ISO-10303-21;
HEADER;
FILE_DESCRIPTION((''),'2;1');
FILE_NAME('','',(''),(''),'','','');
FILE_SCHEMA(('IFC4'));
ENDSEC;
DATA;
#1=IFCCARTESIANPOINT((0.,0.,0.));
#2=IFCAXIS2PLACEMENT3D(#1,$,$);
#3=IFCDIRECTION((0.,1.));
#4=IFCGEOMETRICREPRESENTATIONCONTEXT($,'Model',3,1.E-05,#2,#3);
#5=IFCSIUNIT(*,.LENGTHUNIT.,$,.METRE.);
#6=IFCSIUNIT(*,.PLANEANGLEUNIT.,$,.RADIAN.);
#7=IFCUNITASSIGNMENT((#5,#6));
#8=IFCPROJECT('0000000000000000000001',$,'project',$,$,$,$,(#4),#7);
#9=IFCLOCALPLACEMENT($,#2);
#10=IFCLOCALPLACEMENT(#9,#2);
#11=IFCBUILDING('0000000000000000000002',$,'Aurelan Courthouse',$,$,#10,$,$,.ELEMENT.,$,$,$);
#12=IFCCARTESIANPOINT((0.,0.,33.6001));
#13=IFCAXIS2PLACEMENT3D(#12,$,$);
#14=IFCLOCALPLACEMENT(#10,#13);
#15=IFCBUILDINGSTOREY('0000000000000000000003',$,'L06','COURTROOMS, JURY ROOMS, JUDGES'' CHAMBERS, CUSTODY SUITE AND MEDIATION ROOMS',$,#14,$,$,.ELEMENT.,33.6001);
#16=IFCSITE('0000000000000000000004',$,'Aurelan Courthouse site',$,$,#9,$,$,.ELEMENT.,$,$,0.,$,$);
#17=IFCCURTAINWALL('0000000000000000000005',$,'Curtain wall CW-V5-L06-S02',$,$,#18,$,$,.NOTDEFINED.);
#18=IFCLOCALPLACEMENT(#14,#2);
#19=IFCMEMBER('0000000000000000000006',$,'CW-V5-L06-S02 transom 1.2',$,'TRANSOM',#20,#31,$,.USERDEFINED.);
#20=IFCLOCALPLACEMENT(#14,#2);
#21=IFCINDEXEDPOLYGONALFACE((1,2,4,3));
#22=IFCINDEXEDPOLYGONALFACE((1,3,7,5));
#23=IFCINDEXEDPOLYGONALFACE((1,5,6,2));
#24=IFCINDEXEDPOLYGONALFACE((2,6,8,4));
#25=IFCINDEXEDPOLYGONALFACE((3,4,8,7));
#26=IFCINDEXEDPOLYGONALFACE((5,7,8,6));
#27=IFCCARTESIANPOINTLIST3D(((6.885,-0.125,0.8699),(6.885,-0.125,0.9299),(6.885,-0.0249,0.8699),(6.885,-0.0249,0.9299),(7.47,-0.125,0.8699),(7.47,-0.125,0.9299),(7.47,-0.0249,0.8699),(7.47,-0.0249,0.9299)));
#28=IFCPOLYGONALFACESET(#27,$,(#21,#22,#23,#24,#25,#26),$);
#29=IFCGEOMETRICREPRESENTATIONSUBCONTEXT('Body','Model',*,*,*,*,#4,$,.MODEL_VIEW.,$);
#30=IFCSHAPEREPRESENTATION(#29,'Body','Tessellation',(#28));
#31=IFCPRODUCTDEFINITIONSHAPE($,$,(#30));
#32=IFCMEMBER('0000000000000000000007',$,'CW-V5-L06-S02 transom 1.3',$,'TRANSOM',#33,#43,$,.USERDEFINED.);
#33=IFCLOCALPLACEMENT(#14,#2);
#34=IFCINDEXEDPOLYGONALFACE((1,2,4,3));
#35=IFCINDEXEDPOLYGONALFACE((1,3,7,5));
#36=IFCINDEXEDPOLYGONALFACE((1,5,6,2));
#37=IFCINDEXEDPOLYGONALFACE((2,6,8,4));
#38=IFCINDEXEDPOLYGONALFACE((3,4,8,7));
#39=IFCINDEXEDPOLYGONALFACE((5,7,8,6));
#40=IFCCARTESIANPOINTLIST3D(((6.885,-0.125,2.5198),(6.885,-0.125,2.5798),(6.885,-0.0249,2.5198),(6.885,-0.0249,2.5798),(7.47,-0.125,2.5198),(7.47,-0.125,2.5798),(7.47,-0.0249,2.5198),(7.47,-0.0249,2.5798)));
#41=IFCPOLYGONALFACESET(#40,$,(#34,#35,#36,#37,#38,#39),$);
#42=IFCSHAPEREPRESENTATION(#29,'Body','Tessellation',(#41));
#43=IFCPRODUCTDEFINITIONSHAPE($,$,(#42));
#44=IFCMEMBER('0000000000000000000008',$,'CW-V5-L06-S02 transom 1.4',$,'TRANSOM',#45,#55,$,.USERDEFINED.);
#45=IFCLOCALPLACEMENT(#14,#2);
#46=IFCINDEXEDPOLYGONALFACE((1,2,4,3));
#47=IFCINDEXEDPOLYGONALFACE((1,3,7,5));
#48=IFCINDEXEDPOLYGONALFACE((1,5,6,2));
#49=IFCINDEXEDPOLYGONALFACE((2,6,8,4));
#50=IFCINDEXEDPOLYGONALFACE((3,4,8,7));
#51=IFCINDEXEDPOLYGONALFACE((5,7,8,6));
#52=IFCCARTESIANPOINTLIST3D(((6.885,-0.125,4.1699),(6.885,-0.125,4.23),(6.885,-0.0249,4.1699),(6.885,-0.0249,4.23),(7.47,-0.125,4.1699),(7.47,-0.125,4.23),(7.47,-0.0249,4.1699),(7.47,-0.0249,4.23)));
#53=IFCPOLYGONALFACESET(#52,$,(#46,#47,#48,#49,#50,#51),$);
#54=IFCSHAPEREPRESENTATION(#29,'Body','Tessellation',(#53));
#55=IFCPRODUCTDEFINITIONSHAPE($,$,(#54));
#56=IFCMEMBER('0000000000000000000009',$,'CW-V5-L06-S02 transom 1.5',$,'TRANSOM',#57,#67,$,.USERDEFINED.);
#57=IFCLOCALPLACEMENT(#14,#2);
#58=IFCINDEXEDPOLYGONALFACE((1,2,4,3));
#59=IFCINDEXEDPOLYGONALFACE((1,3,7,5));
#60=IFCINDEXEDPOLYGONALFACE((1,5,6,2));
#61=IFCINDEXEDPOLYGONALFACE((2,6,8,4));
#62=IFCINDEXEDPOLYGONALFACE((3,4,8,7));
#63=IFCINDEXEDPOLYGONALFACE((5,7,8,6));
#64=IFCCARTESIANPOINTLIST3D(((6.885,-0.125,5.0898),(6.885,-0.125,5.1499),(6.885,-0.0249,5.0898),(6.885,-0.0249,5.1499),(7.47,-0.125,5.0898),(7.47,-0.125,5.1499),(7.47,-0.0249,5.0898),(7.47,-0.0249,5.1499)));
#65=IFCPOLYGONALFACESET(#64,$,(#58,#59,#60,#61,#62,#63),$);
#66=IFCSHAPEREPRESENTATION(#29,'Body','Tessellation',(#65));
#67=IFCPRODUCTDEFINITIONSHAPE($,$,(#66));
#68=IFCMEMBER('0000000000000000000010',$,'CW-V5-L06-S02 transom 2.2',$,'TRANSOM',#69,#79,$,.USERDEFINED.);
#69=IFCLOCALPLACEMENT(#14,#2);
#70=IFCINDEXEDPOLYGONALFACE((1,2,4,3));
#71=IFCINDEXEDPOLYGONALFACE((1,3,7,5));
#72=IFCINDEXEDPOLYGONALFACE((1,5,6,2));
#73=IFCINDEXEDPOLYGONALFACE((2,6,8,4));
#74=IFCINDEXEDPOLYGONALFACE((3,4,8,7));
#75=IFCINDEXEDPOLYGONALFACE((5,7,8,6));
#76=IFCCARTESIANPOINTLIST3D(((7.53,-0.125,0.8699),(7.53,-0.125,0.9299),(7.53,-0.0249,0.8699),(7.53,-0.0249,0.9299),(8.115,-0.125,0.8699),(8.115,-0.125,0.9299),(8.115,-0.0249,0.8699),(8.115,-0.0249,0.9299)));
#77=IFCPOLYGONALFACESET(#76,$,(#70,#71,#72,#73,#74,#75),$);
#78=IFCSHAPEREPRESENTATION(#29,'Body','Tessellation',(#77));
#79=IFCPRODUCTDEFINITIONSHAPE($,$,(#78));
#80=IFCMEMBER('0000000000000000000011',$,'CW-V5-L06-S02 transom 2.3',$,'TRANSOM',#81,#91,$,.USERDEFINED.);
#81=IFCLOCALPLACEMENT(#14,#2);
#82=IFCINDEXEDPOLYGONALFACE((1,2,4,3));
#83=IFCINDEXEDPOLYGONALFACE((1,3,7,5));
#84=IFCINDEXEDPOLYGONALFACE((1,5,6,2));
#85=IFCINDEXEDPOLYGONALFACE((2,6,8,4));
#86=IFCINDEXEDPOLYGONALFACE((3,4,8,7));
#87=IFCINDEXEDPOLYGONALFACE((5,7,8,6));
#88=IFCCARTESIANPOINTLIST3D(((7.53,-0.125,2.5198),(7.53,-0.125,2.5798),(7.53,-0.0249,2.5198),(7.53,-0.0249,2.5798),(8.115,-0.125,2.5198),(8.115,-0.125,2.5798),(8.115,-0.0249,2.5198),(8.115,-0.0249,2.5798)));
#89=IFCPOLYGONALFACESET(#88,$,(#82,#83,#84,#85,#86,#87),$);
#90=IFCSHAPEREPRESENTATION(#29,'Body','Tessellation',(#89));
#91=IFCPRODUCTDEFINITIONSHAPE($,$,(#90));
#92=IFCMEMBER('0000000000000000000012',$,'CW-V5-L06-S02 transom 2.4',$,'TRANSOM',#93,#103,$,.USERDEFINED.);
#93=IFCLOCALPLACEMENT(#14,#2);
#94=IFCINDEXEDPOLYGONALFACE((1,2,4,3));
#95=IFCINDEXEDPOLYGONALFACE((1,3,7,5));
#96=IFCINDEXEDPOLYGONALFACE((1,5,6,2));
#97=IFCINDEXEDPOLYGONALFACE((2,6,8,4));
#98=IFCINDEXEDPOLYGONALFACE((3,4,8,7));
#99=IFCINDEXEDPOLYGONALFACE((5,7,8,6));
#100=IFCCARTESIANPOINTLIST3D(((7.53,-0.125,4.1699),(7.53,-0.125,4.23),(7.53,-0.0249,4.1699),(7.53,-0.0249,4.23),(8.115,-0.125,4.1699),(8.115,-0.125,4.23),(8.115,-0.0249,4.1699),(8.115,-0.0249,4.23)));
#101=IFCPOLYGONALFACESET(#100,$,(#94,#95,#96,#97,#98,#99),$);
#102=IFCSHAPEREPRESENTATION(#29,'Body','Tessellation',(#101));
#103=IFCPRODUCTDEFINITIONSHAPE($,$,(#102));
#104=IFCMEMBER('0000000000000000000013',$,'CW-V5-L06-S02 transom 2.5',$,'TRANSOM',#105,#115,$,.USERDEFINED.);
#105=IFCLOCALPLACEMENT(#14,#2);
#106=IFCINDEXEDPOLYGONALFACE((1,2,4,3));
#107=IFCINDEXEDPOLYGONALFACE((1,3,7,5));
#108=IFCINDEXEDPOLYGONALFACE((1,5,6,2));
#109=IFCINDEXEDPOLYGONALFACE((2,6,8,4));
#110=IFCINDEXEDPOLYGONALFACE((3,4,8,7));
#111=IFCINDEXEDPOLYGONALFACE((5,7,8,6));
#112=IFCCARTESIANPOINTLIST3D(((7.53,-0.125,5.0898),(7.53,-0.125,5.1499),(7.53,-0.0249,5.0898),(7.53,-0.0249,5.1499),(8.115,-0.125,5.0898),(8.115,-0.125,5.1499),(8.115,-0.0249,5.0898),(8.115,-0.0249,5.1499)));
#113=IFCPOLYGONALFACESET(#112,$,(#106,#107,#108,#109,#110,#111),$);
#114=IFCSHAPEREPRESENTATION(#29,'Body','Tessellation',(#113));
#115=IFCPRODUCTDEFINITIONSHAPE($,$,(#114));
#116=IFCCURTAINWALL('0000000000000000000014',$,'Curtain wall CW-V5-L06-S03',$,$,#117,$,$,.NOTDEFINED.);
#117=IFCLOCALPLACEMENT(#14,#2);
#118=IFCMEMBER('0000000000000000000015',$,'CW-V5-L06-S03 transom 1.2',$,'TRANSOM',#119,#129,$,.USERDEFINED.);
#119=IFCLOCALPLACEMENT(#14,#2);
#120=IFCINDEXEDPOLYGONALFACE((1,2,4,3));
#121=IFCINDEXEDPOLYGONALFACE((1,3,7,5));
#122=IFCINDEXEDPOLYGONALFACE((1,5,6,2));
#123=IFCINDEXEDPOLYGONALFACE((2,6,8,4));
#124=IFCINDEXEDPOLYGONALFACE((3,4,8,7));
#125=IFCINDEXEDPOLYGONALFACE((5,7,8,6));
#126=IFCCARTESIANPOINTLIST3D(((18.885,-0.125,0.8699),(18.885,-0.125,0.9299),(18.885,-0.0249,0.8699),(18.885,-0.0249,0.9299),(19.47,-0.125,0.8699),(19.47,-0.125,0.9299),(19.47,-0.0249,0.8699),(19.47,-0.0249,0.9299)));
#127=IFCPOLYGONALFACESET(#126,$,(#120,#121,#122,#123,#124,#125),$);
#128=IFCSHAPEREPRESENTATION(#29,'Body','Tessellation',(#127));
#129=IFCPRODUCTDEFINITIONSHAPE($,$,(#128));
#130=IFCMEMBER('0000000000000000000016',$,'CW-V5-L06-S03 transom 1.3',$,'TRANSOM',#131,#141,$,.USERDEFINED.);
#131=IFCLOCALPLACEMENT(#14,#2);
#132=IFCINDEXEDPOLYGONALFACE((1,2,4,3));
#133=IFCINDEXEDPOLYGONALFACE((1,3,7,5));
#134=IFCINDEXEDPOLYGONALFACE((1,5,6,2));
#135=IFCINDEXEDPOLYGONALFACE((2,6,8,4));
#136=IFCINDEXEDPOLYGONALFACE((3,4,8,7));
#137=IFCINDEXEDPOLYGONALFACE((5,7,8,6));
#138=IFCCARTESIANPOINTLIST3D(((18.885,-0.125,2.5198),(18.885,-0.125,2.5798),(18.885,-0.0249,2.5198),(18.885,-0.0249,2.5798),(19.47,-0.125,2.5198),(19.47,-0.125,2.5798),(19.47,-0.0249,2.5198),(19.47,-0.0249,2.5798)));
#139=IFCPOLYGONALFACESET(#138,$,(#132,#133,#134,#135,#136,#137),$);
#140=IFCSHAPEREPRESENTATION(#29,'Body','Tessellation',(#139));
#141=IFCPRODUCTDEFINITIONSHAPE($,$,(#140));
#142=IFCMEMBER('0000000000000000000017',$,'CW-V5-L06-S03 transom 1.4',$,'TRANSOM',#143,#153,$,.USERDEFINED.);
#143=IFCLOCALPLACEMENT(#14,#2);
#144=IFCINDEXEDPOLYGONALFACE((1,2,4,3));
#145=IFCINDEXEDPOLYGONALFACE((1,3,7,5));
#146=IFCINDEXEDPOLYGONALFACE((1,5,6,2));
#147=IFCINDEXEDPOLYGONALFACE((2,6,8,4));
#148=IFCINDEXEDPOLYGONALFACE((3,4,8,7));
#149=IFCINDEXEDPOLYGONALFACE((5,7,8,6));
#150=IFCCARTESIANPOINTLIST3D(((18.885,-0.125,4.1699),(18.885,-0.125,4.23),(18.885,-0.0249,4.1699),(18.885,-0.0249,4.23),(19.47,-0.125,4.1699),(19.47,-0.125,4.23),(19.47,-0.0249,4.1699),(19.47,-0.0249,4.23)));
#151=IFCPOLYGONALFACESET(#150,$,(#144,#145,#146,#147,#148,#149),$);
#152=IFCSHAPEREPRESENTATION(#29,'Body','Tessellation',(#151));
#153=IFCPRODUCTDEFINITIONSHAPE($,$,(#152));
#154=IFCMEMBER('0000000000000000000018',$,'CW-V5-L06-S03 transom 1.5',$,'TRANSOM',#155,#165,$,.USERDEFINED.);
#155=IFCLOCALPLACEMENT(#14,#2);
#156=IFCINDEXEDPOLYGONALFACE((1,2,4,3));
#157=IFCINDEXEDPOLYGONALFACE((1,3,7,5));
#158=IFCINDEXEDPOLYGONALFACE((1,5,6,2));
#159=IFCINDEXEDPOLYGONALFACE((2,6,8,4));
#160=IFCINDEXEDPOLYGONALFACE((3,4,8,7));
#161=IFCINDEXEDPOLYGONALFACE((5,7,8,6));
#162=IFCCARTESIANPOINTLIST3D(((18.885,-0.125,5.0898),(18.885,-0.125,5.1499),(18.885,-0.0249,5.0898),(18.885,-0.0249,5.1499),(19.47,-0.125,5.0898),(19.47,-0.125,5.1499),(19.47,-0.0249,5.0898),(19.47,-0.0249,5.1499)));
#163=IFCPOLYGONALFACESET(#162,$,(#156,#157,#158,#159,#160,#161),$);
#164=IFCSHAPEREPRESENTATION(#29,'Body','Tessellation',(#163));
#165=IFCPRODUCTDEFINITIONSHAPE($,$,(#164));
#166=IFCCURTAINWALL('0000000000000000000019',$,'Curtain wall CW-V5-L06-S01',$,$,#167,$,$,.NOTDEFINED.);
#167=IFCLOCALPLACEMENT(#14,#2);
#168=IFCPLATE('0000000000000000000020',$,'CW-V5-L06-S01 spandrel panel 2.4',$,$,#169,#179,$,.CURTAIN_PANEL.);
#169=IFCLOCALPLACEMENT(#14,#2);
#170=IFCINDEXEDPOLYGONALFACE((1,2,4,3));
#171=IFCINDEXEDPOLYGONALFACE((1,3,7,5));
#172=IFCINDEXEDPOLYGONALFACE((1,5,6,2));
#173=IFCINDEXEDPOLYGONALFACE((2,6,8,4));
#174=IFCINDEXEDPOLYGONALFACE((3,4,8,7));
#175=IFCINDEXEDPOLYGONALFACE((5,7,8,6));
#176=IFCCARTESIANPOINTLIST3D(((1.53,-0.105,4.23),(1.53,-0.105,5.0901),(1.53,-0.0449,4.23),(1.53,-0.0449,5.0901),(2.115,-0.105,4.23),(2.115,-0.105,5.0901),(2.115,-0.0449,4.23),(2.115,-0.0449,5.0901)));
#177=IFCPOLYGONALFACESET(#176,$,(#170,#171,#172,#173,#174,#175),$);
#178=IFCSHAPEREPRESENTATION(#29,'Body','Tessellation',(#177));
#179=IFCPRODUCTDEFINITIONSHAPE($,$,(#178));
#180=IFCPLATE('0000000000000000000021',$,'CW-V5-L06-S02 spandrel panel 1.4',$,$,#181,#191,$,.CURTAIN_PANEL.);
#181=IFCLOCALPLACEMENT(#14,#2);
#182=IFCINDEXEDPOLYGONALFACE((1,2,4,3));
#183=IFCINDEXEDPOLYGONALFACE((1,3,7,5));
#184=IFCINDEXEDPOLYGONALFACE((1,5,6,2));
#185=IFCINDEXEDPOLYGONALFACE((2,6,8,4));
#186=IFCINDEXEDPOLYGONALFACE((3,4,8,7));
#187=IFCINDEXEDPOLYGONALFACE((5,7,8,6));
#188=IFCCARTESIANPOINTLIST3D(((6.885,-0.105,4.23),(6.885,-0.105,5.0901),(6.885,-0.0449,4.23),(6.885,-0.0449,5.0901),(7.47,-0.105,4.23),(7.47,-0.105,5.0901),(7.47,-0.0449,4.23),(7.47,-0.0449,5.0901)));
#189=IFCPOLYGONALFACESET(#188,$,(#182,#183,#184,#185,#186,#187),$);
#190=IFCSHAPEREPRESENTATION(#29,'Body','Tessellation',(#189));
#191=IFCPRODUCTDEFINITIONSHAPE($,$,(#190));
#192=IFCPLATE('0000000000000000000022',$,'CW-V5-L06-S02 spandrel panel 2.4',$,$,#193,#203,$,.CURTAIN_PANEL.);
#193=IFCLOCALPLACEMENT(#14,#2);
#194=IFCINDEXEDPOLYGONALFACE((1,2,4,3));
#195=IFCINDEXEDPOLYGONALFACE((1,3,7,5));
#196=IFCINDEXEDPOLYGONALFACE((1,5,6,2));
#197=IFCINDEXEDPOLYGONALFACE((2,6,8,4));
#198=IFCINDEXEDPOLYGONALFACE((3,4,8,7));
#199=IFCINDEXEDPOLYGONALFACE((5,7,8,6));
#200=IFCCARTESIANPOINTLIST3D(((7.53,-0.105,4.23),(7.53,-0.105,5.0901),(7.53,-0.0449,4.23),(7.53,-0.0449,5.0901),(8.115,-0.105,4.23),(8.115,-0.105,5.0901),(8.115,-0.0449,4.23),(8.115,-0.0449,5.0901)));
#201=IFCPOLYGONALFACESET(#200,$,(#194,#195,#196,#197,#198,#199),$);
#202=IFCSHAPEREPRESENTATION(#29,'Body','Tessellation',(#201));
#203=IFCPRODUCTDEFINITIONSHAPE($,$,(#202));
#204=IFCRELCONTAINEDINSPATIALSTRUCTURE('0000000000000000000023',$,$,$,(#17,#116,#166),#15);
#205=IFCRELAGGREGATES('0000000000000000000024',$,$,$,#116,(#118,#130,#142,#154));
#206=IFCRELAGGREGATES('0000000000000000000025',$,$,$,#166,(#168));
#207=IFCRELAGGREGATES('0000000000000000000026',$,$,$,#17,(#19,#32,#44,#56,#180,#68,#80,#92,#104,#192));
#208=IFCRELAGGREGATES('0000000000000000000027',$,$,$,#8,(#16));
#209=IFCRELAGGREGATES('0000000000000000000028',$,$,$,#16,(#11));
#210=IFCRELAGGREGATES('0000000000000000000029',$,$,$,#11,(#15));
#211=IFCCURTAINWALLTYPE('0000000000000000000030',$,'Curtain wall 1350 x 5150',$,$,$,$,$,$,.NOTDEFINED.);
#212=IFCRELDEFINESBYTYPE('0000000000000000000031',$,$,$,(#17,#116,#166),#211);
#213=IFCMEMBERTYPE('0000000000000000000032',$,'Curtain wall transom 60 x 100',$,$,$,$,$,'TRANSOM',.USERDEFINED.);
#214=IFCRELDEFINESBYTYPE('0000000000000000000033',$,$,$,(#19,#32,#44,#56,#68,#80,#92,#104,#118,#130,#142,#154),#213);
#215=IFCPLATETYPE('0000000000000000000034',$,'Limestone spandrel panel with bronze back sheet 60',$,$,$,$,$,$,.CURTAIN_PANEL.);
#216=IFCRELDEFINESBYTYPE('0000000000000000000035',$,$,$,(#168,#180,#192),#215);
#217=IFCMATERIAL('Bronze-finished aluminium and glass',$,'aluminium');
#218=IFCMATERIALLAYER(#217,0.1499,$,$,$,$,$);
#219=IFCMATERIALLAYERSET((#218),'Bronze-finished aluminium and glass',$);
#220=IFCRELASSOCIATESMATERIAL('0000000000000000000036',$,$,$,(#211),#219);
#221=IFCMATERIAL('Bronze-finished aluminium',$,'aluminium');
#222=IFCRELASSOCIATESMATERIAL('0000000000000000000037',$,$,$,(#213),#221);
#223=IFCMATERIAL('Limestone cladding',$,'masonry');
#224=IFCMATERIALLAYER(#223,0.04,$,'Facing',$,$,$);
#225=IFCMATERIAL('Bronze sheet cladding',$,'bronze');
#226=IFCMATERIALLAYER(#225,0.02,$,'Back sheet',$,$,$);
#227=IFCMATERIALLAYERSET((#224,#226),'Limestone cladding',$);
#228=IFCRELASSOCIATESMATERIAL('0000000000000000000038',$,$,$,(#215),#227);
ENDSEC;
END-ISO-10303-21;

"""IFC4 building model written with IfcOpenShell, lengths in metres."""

from ifc_helpers import new_model, si_unit, direction, frame, origin, origin_2d, place, context, subcontext, project, spatial, rectangle, extrude, material, layer, layer_set, material_profile, profile_set, type_object, element, aggregate, save


model = new_model("IFC4")

# Units and contexts
model_context = context("Model", 3, precision=1e-05, world=origin(), true_north=direction((0.0, 1.0)))
body_context = subcontext(model_context, "Body", "Model", "MODEL_VIEW")
ifc_project = project(units=[si_unit("LENGTHUNIT", "METRE"), si_unit("PLANEANGLEUNIT", "RADIAN")], contexts=[model_context])

# Site, building, storey
site_placement = place(None, origin())
site = spatial("IfcSite", under=ifc_project, at=site_placement, Name="Aurelan Courthouse site", CompositionType="ELEMENT", RefElevation=0.0)
building_placement = place(site_placement, origin())
building = spatial("IfcBuilding", under=site, at=building_placement, Name="Aurelan Courthouse", CompositionType="ELEMENT")
storey_placement = place(building_placement, frame((0.0, 0.0, 33.6001)))
storey = spatial("IfcBuildingStorey", under=building, at=storey_placement, Name="L06", Description="COURTROOMS, JURY ROOMS, JUDGES' CHAMBERS, CUSTODY SUITE AND MEDIATION ROOMS", CompositionType="ELEMENT", Elevation=33.6001)

# Curtain walls, members
ifc_material_1 = material(Name="Bronze-finished aluminium and glass", Category="aluminium")
ifc_layer_1 = layer(ifc_material_1, 0.1499)
ifc_layer_set_1 = layer_set([ifc_layer_1], Name="Bronze-finished aluminium and glass")
curtain_wall_type = type_object("IfcCurtainWallType", Name="Curtain wall 1350 x 5150", PredefinedType="NOTDEFINED", material=ifc_layer_set_1)
curtain_wall_1_placement = place(storey_placement, origin())
curtain_wall_1 = element("IfcCurtainWall", 1, at=curtain_wall_1_placement, inside=storey, type_object=curtain_wall_type, Name="Curtain wall CW-V5-L06-S02", PredefinedType="NOTDEFINED")
ifc_material_2 = material(Name="Bronze-finished aluminium", Category="aluminium")
ifc_material_profile = material_profile(ifc_material_2, rectangle(XDim=0.1001, YDim=0.0601, at=origin_2d()), Name="Bronze transom 60 x 100")
ifc_profile_set = profile_set([ifc_material_profile], Name="Bronze-finished aluminium")
member_type = type_object("IfcMemberType", Name="Curtain wall transom 60 x 100", ElementType="TRANSOM", PredefinedType="USERDEFINED", material=ifc_profile_set)
member_1_placement = place(storey_placement, frame((6.885, -0.075, 0.8999), z_axis=(1.0, 0.0, 0.0), x_axis=(0.0, 1.0, 0.0)))
member_1 = element("IfcMember", 2, at=member_1_placement, type_object=member_type, Name="CW-V5-L06-S02 transom 1.2", ObjectType="TRANSOM", PredefinedType="USERDEFINED", context=body_context, shape_type="SweptSolid", body=[
    extrude(rectangle(XDim=0.1001, YDim=0.0601, at=origin_2d()), origin(), (0.0, 0.0, 1.0), 0.585),
])
member_2_placement = place(storey_placement, frame((6.885, -0.075, 2.5498), z_axis=(1.0, 0.0, 0.0), x_axis=(0.0, 1.0, 0.0)))
member_2 = element("IfcMember", 3, at=member_2_placement, type_object=member_type, Name="CW-V5-L06-S02 transom 1.3", ObjectType="TRANSOM", PredefinedType="USERDEFINED", context=body_context, shape_type="SweptSolid", body=[
    extrude(rectangle(XDim=0.1001, YDim=0.0601, at=origin_2d()), origin(), (0.0, 0.0, 1.0), 0.585),
])
member_3_placement = place(storey_placement, frame((6.885, -0.075, 4.2), z_axis=(1.0, 0.0, 0.0), x_axis=(0.0, 1.0, 0.0)))
member_3 = element("IfcMember", 4, at=member_3_placement, type_object=member_type, Name="CW-V5-L06-S02 transom 1.4", ObjectType="TRANSOM", PredefinedType="USERDEFINED", context=body_context, shape_type="SweptSolid", body=[
    extrude(rectangle(XDim=0.1001, YDim=0.0601, at=origin_2d()), origin(), (0.0, 0.0, 1.0), 0.585),
])
member_4_placement = place(storey_placement, frame((6.885, -0.075, 5.1199), z_axis=(1.0, 0.0, 0.0), x_axis=(0.0, 1.0, 0.0)))
member_4 = element("IfcMember", 5, at=member_4_placement, type_object=member_type, Name="CW-V5-L06-S02 transom 1.5", ObjectType="TRANSOM", PredefinedType="USERDEFINED", context=body_context, shape_type="SweptSolid", body=[
    extrude(rectangle(XDim=0.1001, YDim=0.0601, at=origin_2d()), origin(), (0.0, 0.0, 1.0), 0.585),
])
member_5_placement = place(storey_placement, frame((7.53, -0.075, 0.8999), z_axis=(1.0, 0.0, 0.0), x_axis=(0.0, 1.0, 0.0)))
member_5 = element("IfcMember", 6, at=member_5_placement, type_object=member_type, Name="CW-V5-L06-S02 transom 2.2", ObjectType="TRANSOM", PredefinedType="USERDEFINED", context=body_context, shape_type="SweptSolid", body=[
    extrude(rectangle(XDim=0.1001, YDim=0.0601, at=origin_2d()), origin(), (0.0, 0.0, 1.0), 0.585),
])
member_6_placement = place(storey_placement, frame((7.53, -0.075, 2.5498), z_axis=(1.0, 0.0, 0.0), x_axis=(0.0, 1.0, 0.0)))
member_6 = element("IfcMember", 7, at=member_6_placement, type_object=member_type, Name="CW-V5-L06-S02 transom 2.3", ObjectType="TRANSOM", PredefinedType="USERDEFINED", context=body_context, shape_type="SweptSolid", body=[
    extrude(rectangle(XDim=0.1001, YDim=0.0601, at=origin_2d()), origin(), (0.0, 0.0, 1.0), 0.585),
])
member_7_placement = place(storey_placement, frame((7.53, -0.075, 4.2), z_axis=(1.0, 0.0, 0.0), x_axis=(0.0, 1.0, 0.0)))
member_7 = element("IfcMember", 8, at=member_7_placement, type_object=member_type, Name="CW-V5-L06-S02 transom 2.4", ObjectType="TRANSOM", PredefinedType="USERDEFINED", context=body_context, shape_type="SweptSolid", body=[
    extrude(rectangle(XDim=0.1001, YDim=0.0601, at=origin_2d()), origin(), (0.0, 0.0, 1.0), 0.585),
])
member_8_placement = place(storey_placement, frame((7.53, -0.075, 5.1199), z_axis=(1.0, 0.0, 0.0), x_axis=(0.0, 1.0, 0.0)))
member_8 = element("IfcMember", 9, at=member_8_placement, type_object=member_type, Name="CW-V5-L06-S02 transom 2.5", ObjectType="TRANSOM", PredefinedType="USERDEFINED", context=body_context, shape_type="SweptSolid", body=[
    extrude(rectangle(XDim=0.1001, YDim=0.0601, at=origin_2d()), origin(), (0.0, 0.0, 1.0), 0.585),
])
curtain_wall_2_placement = place(storey_placement, origin())
curtain_wall_2 = element("IfcCurtainWall", 10, at=curtain_wall_2_placement, inside=storey, type_object=curtain_wall_type, Name="Curtain wall CW-V5-L06-S03", PredefinedType="NOTDEFINED")
member_9_placement = place(storey_placement, frame((18.885, -0.075, 0.8999), z_axis=(1.0, 0.0, 0.0), x_axis=(0.0, 1.0, 0.0)))
member_9 = element("IfcMember", 11, at=member_9_placement, type_object=member_type, Name="CW-V5-L06-S03 transom 1.2", ObjectType="TRANSOM", PredefinedType="USERDEFINED", context=body_context, shape_type="SweptSolid", body=[
    extrude(rectangle(XDim=0.1001, YDim=0.0601, at=origin_2d()), origin(), (0.0, 0.0, 1.0), 0.585),
])
member_10_placement = place(storey_placement, frame((18.885, -0.075, 2.5498), z_axis=(1.0, 0.0, 0.0), x_axis=(0.0, 1.0, 0.0)))
member_10 = element("IfcMember", 12, at=member_10_placement, type_object=member_type, Name="CW-V5-L06-S03 transom 1.3", ObjectType="TRANSOM", PredefinedType="USERDEFINED", context=body_context, shape_type="SweptSolid", body=[
    extrude(rectangle(XDim=0.1001, YDim=0.0601, at=origin_2d()), origin(), (0.0, 0.0, 1.0), 0.585),
])
member_11_placement = place(storey_placement, frame((18.885, -0.075, 4.2), z_axis=(1.0, 0.0, 0.0), x_axis=(0.0, 1.0, 0.0)))
member_11 = element("IfcMember", 13, at=member_11_placement, type_object=member_type, Name="CW-V5-L06-S03 transom 1.4", ObjectType="TRANSOM", PredefinedType="USERDEFINED", context=body_context, shape_type="SweptSolid", body=[
    extrude(rectangle(XDim=0.1001, YDim=0.0601, at=origin_2d()), origin(), (0.0, 0.0, 1.0), 0.585),
])
member_12_placement = place(storey_placement, frame((18.885, -0.075, 5.1199), z_axis=(1.0, 0.0, 0.0), x_axis=(0.0, 1.0, 0.0)))
member_12 = element("IfcMember", 14, at=member_12_placement, type_object=member_type, Name="CW-V5-L06-S03 transom 1.5", ObjectType="TRANSOM", PredefinedType="USERDEFINED", context=body_context, shape_type="SweptSolid", body=[
    extrude(rectangle(XDim=0.1001, YDim=0.0601, at=origin_2d()), origin(), (0.0, 0.0, 1.0), 0.585),
])
aggregate(curtain_wall_2, [member_9, member_10, member_11, member_12])

# Curtain wall, plate
curtain_wall_3_placement = place(storey_placement, origin())
curtain_wall_3 = element("IfcCurtainWall", 15, at=curtain_wall_3_placement, inside=storey, type_object=curtain_wall_type, Name="Curtain wall CW-V5-L06-S01", PredefinedType="NOTDEFINED")
ifc_material_3 = material(Name="Limestone cladding", Category="masonry")
ifc_layer_2 = layer(ifc_material_3, 0.04, Name="Facing")
ifc_material_4 = material(Name="Bronze sheet cladding", Category="bronze")
ifc_layer_3 = layer(ifc_material_4, 0.02, Name="Back sheet")
ifc_layer_set_2 = layer_set([ifc_layer_2, ifc_layer_3], Name="Limestone cladding")
plate_type_1 = type_object("IfcPlateType", Name="Limestone spandrel panel with bronze back sheet 60", PredefinedType="CURTAIN_PANEL", material=ifc_layer_set_2)
plate_1_placement = place(storey_placement, frame((1.8225, -0.075, 4.23), z_axis=(0.0, 0.0, 1.0), x_axis=(1.0, 0.0, 0.0)))
plate_1 = element("IfcPlate", 16, at=plate_1_placement, type_object=plate_type_1, Name="CW-V5-L06-S01 spandrel panel 2.4", PredefinedType="CURTAIN_PANEL", context=body_context, shape_type="SweptSolid", body=[
    extrude(rectangle(XDim=0.585, YDim=0.0601, at=origin_2d()), origin(), (0.0, 0.0, 1.0), 0.8601),
])

# Plates
plate_2_placement = place(storey_placement, frame((7.1775, -0.075, 4.23), z_axis=(0.0, 0.0, 1.0), x_axis=(1.0, 0.0, 0.0)))
plate_2 = element("IfcPlate", 17, at=plate_2_placement, type_object=plate_type_1, Name="CW-V5-L06-S02 spandrel panel 1.4", PredefinedType="CURTAIN_PANEL", context=body_context, shape_type="SweptSolid", body=[
    extrude(rectangle(XDim=0.585, YDim=0.0601, at=origin_2d()), origin(), (0.0, 0.0, 1.0), 0.8601),
])
plate_3_placement = place(storey_placement, frame((7.8225, -0.075, 4.23), z_axis=(0.0, 0.0, 1.0), x_axis=(1.0, 0.0, 0.0)))
plate_3 = element("IfcPlate", 18, at=plate_3_placement, type_object=plate_type_1, Name="CW-V5-L06-S02 spandrel panel 2.4", PredefinedType="CURTAIN_PANEL", context=body_context, shape_type="SweptSolid", body=[
    extrude(rectangle(XDim=0.585, YDim=0.0601, at=origin_2d()), origin(), (0.0, 0.0, 1.0), 0.8601),
])
aggregate(curtain_wall_3, [plate_1])
aggregate(curtain_wall_1, [member_1, member_2, member_3, member_4, plate_2, member_5, member_6, member_7, member_8, plate_3])

save(model, "model.ifc")
